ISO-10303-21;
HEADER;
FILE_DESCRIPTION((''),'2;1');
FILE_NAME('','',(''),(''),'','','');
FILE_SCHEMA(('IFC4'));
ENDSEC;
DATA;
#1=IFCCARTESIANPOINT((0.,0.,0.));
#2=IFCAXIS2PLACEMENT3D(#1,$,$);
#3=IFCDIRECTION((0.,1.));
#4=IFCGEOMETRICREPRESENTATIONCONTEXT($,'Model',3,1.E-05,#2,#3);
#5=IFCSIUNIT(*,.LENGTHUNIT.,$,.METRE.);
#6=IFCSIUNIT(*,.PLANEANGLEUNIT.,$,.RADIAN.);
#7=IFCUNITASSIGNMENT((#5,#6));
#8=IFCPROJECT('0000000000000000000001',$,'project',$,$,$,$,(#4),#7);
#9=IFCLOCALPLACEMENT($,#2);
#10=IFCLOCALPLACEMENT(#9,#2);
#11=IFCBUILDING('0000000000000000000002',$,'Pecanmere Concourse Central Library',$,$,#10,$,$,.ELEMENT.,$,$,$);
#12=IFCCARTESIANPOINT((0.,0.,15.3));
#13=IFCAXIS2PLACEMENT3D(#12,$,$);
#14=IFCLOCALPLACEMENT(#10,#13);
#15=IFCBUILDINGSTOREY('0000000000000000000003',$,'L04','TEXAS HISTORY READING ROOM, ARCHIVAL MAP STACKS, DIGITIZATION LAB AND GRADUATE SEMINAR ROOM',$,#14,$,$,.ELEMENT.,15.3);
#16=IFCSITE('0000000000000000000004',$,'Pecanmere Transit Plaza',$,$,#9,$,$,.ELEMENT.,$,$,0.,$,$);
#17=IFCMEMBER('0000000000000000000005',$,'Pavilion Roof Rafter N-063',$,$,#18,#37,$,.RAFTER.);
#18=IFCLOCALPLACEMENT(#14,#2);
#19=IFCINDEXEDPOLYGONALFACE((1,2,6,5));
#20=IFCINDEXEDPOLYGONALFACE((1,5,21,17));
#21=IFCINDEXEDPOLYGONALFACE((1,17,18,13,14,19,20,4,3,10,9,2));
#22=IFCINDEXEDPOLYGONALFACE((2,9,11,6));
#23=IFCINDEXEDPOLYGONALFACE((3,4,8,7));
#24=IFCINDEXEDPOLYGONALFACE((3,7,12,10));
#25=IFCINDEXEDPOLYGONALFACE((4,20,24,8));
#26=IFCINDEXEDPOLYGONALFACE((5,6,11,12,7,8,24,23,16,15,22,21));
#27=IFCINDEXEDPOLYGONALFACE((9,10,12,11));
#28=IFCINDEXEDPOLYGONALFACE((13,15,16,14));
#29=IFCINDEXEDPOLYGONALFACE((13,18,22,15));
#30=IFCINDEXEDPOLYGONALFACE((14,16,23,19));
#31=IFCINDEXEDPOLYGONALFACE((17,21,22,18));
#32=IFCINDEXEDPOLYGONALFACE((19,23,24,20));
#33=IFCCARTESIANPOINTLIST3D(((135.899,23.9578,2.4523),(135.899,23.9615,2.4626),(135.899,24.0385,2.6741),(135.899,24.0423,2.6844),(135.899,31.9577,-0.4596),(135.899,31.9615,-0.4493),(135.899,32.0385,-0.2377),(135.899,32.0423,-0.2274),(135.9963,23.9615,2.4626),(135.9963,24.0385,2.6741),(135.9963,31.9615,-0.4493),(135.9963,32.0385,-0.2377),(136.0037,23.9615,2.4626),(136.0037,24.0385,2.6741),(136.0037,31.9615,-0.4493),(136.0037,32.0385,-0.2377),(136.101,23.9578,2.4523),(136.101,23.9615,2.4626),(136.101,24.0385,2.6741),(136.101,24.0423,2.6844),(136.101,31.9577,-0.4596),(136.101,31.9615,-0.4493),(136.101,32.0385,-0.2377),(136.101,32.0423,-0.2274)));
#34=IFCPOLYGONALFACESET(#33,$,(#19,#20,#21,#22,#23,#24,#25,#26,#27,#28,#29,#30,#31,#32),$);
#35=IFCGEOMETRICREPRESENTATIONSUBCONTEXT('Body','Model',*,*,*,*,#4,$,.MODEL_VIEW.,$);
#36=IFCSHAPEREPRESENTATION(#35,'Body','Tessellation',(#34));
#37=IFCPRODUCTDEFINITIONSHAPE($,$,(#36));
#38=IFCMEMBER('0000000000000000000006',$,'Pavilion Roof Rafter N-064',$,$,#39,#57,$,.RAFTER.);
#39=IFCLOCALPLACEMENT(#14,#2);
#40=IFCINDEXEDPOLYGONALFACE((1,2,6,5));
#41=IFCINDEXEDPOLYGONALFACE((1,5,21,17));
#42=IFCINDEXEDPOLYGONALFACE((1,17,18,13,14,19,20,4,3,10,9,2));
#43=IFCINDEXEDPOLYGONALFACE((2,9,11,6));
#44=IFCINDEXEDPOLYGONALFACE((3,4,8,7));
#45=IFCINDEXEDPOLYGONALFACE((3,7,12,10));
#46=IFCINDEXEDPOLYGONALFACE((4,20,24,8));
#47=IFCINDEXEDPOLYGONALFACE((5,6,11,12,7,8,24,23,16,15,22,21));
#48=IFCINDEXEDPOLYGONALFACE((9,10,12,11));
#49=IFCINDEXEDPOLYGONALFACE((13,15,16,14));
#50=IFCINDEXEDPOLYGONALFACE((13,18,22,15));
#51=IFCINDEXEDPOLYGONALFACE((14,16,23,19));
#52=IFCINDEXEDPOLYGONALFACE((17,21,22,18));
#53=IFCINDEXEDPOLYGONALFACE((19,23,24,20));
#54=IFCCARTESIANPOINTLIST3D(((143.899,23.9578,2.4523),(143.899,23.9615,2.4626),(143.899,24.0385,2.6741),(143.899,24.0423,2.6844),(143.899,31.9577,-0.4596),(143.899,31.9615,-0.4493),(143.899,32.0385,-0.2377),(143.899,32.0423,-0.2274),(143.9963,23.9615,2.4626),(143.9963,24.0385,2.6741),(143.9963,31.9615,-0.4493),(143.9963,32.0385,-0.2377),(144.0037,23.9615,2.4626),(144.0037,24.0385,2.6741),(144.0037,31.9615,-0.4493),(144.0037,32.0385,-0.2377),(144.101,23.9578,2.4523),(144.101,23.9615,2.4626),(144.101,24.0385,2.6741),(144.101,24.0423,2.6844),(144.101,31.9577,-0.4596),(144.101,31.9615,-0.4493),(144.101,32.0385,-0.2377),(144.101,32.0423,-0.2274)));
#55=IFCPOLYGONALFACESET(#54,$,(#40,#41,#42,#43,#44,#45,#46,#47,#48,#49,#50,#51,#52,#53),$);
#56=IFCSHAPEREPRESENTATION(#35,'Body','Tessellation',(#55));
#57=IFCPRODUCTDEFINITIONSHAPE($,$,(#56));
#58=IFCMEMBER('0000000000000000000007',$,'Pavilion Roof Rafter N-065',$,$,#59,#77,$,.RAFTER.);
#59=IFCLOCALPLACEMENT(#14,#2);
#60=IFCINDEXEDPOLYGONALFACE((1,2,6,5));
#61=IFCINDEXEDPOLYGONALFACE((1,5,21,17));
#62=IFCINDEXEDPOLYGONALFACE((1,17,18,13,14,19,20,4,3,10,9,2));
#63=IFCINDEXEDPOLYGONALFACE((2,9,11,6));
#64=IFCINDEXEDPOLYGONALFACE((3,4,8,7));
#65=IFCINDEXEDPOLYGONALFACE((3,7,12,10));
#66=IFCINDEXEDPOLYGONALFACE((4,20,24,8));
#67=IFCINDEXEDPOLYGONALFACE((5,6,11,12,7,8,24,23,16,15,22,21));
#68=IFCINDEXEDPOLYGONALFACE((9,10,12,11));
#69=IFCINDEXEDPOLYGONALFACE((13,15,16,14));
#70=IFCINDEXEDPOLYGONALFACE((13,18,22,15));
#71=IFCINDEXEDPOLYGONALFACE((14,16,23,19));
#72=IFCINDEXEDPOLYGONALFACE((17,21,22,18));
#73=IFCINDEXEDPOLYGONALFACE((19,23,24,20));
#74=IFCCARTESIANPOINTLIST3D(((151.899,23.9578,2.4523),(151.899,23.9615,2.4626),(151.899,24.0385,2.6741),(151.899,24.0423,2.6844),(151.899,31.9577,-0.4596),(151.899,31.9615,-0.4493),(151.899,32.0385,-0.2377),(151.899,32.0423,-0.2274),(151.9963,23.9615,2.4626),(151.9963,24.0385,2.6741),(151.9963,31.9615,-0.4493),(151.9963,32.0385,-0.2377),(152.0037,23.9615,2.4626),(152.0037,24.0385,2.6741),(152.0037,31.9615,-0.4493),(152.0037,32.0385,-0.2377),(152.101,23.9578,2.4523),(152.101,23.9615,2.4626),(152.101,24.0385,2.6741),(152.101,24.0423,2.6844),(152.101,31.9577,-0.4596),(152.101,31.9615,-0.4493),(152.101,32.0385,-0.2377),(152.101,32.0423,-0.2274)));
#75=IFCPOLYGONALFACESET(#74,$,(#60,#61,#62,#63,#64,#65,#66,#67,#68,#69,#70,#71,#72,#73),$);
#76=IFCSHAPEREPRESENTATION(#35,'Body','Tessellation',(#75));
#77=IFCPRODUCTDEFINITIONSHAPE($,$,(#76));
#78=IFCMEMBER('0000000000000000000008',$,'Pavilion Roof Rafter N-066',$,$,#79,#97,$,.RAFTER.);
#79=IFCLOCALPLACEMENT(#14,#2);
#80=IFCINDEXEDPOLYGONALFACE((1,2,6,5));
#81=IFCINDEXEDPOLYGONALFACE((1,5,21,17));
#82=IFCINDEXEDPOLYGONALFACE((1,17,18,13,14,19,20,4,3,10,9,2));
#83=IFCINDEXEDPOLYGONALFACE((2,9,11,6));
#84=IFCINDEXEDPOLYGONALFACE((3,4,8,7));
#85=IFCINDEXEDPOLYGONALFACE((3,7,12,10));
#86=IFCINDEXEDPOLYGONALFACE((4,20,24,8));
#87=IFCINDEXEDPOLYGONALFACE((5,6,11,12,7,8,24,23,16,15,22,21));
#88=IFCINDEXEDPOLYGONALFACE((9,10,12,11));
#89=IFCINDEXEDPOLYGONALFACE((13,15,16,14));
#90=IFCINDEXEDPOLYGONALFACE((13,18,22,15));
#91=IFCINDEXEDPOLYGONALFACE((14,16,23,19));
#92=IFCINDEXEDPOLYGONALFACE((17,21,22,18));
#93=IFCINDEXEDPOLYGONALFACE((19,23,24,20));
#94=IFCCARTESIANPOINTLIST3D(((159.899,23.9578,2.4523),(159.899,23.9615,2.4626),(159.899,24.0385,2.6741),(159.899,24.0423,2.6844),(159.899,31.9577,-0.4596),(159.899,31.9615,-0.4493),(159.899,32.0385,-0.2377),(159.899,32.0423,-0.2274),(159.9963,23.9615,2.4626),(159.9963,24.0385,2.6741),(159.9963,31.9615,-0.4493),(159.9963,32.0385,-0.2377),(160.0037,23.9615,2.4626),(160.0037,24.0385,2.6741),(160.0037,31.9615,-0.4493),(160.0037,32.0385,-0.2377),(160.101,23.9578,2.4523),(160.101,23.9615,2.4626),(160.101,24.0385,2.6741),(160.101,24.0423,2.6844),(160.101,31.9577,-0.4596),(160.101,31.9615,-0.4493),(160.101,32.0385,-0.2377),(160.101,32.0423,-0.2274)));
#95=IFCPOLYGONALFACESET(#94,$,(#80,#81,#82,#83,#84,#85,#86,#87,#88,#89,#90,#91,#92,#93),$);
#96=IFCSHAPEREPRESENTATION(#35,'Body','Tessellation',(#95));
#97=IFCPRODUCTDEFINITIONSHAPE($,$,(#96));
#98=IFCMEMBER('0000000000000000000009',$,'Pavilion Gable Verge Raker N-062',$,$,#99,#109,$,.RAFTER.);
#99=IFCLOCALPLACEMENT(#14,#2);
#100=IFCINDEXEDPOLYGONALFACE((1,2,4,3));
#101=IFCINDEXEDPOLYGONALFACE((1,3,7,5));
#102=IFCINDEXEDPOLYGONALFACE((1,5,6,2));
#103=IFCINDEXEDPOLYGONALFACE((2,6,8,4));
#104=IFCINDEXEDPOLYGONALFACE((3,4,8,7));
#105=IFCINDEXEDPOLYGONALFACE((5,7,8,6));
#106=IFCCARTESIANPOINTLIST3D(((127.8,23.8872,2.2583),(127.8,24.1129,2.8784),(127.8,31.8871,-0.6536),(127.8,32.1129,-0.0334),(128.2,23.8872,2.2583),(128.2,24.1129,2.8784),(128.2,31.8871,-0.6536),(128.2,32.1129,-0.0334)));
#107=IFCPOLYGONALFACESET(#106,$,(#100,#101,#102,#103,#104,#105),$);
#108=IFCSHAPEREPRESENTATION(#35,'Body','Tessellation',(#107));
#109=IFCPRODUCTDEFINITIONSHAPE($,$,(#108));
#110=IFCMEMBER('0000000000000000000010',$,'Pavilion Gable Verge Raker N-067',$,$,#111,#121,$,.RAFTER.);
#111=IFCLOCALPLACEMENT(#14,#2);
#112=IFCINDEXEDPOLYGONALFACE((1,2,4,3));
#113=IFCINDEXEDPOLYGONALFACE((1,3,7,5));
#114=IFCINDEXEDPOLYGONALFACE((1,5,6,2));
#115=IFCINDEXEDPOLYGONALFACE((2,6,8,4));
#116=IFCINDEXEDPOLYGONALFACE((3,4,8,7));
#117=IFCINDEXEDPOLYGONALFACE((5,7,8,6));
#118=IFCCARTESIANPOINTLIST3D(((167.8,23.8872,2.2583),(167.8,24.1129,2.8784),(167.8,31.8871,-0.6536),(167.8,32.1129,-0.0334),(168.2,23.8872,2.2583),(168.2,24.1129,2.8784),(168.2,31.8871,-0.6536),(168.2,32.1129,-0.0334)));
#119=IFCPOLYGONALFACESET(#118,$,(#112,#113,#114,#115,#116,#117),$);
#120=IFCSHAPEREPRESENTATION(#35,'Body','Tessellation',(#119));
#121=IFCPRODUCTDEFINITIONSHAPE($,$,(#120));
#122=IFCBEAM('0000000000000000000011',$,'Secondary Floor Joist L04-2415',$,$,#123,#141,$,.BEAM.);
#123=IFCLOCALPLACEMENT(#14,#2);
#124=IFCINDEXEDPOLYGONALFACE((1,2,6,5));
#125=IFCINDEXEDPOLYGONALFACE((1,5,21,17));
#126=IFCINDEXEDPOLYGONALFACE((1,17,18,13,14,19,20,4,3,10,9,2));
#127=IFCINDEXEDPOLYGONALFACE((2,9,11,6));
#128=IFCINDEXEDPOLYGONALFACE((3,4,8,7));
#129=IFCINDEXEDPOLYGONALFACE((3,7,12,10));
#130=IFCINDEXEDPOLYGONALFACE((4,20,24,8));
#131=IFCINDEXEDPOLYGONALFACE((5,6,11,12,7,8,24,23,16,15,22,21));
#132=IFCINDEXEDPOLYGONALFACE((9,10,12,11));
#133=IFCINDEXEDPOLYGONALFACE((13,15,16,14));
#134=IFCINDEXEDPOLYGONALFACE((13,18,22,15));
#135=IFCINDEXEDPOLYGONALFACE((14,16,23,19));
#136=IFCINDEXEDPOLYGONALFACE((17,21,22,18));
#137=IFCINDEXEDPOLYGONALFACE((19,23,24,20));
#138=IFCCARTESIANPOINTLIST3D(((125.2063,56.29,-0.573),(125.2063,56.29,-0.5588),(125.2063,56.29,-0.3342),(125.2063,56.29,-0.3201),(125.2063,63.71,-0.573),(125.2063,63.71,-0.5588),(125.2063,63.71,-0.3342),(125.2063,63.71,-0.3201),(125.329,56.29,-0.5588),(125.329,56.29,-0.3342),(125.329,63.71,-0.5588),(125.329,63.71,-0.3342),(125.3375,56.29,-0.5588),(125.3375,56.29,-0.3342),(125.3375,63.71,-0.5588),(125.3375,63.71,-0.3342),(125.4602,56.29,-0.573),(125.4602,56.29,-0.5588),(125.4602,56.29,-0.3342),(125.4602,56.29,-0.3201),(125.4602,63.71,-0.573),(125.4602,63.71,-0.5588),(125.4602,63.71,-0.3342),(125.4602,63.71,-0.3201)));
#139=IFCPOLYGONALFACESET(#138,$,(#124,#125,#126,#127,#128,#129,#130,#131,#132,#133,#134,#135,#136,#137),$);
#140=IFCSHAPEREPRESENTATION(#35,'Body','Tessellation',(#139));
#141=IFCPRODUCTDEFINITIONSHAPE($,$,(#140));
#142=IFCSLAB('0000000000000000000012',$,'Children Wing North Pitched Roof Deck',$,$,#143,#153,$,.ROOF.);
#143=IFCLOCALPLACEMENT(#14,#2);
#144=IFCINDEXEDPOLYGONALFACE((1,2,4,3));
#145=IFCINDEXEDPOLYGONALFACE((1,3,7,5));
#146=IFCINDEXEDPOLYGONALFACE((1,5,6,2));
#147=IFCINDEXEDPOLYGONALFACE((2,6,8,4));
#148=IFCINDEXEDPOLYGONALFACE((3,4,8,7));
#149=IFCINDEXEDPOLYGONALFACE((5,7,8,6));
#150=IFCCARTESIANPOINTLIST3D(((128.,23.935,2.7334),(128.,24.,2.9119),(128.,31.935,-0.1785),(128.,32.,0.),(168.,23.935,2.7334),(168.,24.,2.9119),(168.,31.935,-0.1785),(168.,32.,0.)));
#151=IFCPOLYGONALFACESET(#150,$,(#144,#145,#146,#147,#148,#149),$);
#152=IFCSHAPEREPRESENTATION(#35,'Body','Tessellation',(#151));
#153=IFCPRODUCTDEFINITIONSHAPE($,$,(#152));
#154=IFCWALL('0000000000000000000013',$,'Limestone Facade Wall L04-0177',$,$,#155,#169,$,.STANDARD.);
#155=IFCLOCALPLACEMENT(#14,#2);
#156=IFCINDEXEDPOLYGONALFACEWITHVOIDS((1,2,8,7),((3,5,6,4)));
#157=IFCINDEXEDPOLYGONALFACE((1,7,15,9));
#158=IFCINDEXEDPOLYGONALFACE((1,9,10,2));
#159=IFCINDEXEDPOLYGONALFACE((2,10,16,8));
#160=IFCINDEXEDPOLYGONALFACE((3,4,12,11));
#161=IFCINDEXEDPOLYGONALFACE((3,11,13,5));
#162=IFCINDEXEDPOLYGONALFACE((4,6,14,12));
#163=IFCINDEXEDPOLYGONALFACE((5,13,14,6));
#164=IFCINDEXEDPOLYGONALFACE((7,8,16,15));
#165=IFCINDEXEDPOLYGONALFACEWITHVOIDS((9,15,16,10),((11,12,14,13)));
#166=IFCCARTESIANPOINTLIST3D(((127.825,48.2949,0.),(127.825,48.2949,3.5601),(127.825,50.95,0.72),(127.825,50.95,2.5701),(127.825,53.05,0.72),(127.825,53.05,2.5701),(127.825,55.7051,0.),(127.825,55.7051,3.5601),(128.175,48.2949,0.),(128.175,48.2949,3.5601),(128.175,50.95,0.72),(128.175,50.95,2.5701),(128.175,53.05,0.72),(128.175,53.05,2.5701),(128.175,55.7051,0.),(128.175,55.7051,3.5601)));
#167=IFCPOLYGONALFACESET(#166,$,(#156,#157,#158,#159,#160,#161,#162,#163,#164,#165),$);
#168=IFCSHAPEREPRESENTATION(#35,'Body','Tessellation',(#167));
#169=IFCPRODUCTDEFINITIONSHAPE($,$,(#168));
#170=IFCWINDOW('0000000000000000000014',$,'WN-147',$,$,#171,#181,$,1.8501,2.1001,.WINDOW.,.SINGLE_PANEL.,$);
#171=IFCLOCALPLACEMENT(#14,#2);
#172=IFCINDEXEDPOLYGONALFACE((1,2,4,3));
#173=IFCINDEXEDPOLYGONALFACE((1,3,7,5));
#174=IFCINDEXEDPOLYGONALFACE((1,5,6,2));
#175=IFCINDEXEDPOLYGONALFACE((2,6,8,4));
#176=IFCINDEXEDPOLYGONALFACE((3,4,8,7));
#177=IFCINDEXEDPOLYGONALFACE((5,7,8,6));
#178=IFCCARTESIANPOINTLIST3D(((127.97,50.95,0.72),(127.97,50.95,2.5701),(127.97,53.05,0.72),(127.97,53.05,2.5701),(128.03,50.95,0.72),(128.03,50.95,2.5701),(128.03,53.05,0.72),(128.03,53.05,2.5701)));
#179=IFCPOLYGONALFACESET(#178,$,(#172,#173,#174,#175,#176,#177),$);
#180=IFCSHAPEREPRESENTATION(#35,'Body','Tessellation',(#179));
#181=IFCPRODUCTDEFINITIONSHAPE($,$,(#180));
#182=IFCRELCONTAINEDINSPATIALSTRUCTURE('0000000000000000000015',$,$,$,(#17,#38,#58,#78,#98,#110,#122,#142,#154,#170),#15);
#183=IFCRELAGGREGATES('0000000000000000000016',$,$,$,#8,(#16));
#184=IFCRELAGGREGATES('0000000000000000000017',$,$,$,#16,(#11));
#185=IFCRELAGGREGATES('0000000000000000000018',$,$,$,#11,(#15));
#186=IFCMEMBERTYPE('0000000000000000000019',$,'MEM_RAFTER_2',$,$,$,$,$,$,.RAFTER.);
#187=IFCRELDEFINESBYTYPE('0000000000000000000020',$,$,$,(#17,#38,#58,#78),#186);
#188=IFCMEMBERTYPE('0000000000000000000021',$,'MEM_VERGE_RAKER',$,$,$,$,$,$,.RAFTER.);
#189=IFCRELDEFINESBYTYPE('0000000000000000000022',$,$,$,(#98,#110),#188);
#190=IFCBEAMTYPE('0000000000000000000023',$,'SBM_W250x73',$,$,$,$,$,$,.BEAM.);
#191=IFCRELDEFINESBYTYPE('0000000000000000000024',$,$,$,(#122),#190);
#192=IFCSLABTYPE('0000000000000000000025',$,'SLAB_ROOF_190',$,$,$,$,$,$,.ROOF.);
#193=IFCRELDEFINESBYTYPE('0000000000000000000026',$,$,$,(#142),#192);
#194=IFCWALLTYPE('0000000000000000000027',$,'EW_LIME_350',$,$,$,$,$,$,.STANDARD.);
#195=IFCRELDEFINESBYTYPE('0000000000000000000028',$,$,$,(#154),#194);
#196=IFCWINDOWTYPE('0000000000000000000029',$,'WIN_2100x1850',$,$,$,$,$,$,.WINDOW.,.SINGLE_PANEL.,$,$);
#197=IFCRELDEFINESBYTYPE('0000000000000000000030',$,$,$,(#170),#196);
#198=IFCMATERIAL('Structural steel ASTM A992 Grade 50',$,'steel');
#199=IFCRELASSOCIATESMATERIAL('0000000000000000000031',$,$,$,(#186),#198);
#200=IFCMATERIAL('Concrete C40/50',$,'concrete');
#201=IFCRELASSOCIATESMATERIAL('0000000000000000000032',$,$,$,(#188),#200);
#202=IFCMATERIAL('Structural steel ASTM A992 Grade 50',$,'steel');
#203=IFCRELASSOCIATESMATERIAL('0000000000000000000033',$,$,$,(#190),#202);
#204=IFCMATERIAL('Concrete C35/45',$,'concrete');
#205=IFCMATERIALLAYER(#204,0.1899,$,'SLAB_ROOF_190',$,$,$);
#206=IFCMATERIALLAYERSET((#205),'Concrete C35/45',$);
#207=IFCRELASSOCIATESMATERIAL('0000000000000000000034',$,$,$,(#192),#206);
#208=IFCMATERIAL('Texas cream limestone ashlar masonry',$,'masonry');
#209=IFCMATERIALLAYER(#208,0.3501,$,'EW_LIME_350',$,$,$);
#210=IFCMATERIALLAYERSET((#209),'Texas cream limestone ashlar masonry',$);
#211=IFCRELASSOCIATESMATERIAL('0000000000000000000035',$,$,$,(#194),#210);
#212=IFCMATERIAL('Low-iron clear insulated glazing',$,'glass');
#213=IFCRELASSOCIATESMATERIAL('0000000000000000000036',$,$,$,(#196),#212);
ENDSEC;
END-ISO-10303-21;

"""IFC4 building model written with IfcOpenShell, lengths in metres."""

from ifc_helpers import new_model, si_unit, direction, frame, frame_2d, origin, origin_2d, place, context, subcontext, project, spatial, polyline, rectangle, i_section, outline, extrude, material, layer, layer_set, material_profile, profile_set, type_object, element, fill, save


model = new_model("IFC4")

# Units and contexts
model_context = context("Model", 3, precision=1e-05, world=origin(), true_north=direction((0.0, 1.0)))
body_context = subcontext(model_context, "Body", "Model", "MODEL_VIEW")
ifc_project = project(units=[si_unit("LENGTHUNIT", "METRE"), si_unit("PLANEANGLEUNIT", "RADIAN")], contexts=[model_context])

# Site, building, storey
site_placement = place(None, origin())
site = spatial("IfcSite", under=ifc_project, at=site_placement, Name="Pecanmere Transit Plaza", CompositionType="ELEMENT", RefElevation=0.0)
building_placement = place(site_placement, origin())
building = spatial("IfcBuilding", under=site, at=building_placement, Name="Pecanmere Concourse Central Library", CompositionType="ELEMENT")
storey_placement = place(building_placement, frame((0.0, 0.0, 15.3)))
storey = spatial("IfcBuildingStorey", under=building, at=storey_placement, Name="L04", Description="TEXAS HISTORY READING ROOM, ARCHIVAL MAP STACKS, DIGITIZATION LAB AND GRADUATE SEMINAR ROOM", CompositionType="ELEMENT", Elevation=15.3)

# Members
ifc_material_1 = material(Name="Structural steel ASTM A992 Grade 50", Category="steel")
ifc_material_profile_1 = material_profile(ifc_material_1, i_section(OverallWidth=0.2019, OverallDepth=0.2471, WebThickness=0.0073, FlangeThickness=0.011, at=origin_2d()), Name="W250x49.1")
ifc_profile_set_1 = profile_set([ifc_material_profile_1], Name="Structural steel ASTM A992 Grade 50")
member_type_1 = type_object("IfcMemberType", Name="MEM_RAFTER_2", PredefinedType="RAFTER", material=ifc_profile_set_1)
for number, where, z_axis, x_axis, name in (
    (1, (136.0, 32.0, -0.3435), (0.0, -0.939689, 0.342031), (1.0, 0.0, 0.0), "Pavilion Roof Rafter N-063"),
    (2, (144.0, 32.0, -0.3435), (0.0, -0.939689, 0.342031), (1.0, 0.0, 0.0), "Pavilion Roof Rafter N-064"),
    (3, (152.0, 32.0, -0.3435), (0.0, -0.939689, 0.342031), (1.0, 0.0, 0.0), "Pavilion Roof Rafter N-065"),
    (4, (160.0, 32.0, -0.3435), (0.0, -0.939689, 0.342031), (1.0, 0.0, 0.0), "Pavilion Roof Rafter N-066"),
):
    element("IfcMember", number, at=place(storey_placement, frame(where, z_axis=z_axis, x_axis=x_axis)), inside=storey, type_object=member_type_1, Name=name, PredefinedType="RAFTER", context=body_context, shape_type="SweptSolid", body=[
        extrude(i_section(OverallWidth=0.2019, OverallDepth=0.2471, WebThickness=0.0073, FlangeThickness=0.011, at=origin_2d()), origin(), (0.0, 0.0, 1.0), 8.5134),
    ])
ifc_material_2 = material(Name="Concrete C40/50", Category="concrete")
ifc_material_profile_2 = material_profile(ifc_material_2, rectangle(XDim=0.3999, YDim=0.6599, at=origin_2d()), Name="RC 400x660")
ifc_profile_set_2 = profile_set([ifc_material_profile_2], Name="Concrete C40/50")
member_type_2 = type_object("IfcMemberType", Name="MEM_VERGE_RAKER", PredefinedType="RAFTER", material=ifc_profile_set_2)
for number, where, z_axis, x_axis, name in (
    (5, (128.0, 32.0, -0.3435), (0.0, -0.939689, 0.342031), (1.0, 0.0, 0.0), "Pavilion Gable Verge Raker N-062"),
    (6, (168.0, 32.0, -0.3435), (0.0, -0.939689, 0.342031), (1.0, 0.0, 0.0), "Pavilion Gable Verge Raker N-067"),
):
    element("IfcMember", number, at=place(storey_placement, frame(where, z_axis=z_axis, x_axis=x_axis)), inside=storey, type_object=member_type_2, Name=name, PredefinedType="RAFTER", context=body_context, shape_type="SweptSolid", body=[
        extrude(rectangle(XDim=0.3999, YDim=0.6599, at=origin_2d()), origin(), (0.0, 0.0, 1.0), 8.5134),
    ])

# Beam
ifc_material_3 = material(Name="Structural steel ASTM A992 Grade 50", Category="steel")
ifc_material_profile_3 = material_profile(ifc_material_3, i_section(OverallWidth=0.2539, OverallDepth=0.2529, WebThickness=0.0085, FlangeThickness=0.0142, at=origin_2d()), Name="W250x73")
ifc_profile_set_3 = profile_set([ifc_material_profile_3], Name="Structural steel ASTM A992 Grade 50")
beam_type_1 = type_object("IfcBeamType", Name="SBM_W250x73", PredefinedType="BEAM", material=ifc_profile_set_3)
beam_placement = place(storey_placement, frame((125.3333, 56.29, -0.4465), z_axis=(0.0, 1.0, 0.0), x_axis=(-1.0, 0.0, 0.0)))
element("IfcBeam", 7, at=beam_placement, inside=storey, type_object=beam_type_1, Name="Secondary Floor Joist L04-2415", PredefinedType="BEAM", context=body_context, shape_type="SweptSolid", body=[
    extrude(i_section(OverallWidth=0.2539, OverallDepth=0.2529, WebThickness=0.0085, FlangeThickness=0.0142, at=origin_2d()), origin(), (0.0, 0.0, 1.0), 7.4199),
])

# Slab
ifc_material_4 = material(Name="Concrete C35/45", Category="concrete")
ifc_layer_1 = layer(ifc_material_4, 0.1899, Name="SLAB_ROOF_190")
ifc_layer_set_1 = layer_set([ifc_layer_1], Name="Concrete C35/45")
slab_type = type_object("IfcSlabType", Name="SLAB_ROOF_190", PredefinedType="ROOF", material=ifc_layer_set_1)
slab_placement = place(storey_placement, frame((168.0, 32.0, 0.0), z_axis=(0.0, 0.342031, 0.939689), x_axis=(-1.0, 0.0, 0.0)))
element("IfcSlab", 8, at=slab_placement, inside=storey, type_object=slab_type, Name="Children Wing North Pitched Roof Deck", PredefinedType="ROOF", context=body_context, shape_type="SweptSolid", body=[
    extrude(outline(polyline([(0.0, 0.0), (40.0, 0.0), (40.0, 8.5135), (0.0, 8.5135), (0.0, 0.0)])), origin(), (0.0, 0.0, -1.0), 0.1899),
])

# Wall, opening, window
ifc_material_5 = material(Name="Texas cream limestone ashlar masonry", Category="masonry")
ifc_layer_2 = layer(ifc_material_5, 0.3501, Name="EW_LIME_350")
ifc_layer_set_2 = layer_set([ifc_layer_2], Name="Texas cream limestone ashlar masonry")
wall_type = type_object("IfcWallType", Name="EW_LIME_350", PredefinedType="STANDARD", material=ifc_layer_set_2)
wall_1_placement = place(storey_placement, frame((128.0, 48.2949, 0.0), z_axis=(0.0, 0.0, 1.0), x_axis=(0.0, 1.0, 0.0)))
wall_1 = element("IfcWall", 9, at=wall_1_placement, inside=storey, type_object=wall_type, Name="Limestone Facade Wall L04-0177", PredefinedType="STANDARD", context=body_context, shape_type="SweptSolid", body=[
    extrude(rectangle(XDim=7.4102, YDim=0.3501, at=frame_2d((3.7051, 0.0))), origin(), (0.0, 0.0, 1.0), 3.5601),
])
opening_1_placement = place(wall_1_placement, frame((2.655, 0.0, 0.72)))
opening_1 = element("IfcOpeningElement", 10, at=opening_1_placement, cuts=wall_1, PredefinedType="OPENING", context=body_context, shape_type="SweptSolid", body=[
    extrude(rectangle(XDim=2.1001, YDim=1.8501, at=frame_2d((1.05, 0.925))), frame((0.0, 0.187, 0.0), z_axis=(0.0, -1.0, 0.0), x_axis=(1.0, 0.0, 0.0)), (0.0, 0.0, 1.0), 0.374),
])
ifc_material_6 = material(Name="Low-iron clear insulated glazing", Category="glass")
window_type_1 = type_object("IfcWindowType", Name="WIN_2100x1850", PartitioningType="SINGLE_PANEL", PredefinedType="WINDOW", material=ifc_material_6)
window_1_placement = place(opening_1_placement, origin())
window_1 = element("IfcWindow", 11, at=window_1_placement, inside=storey, type_object=window_type_1, Name="WN-147", OverallHeight=1.8501, OverallWidth=2.1001, PartitioningType="SINGLE_PANEL", PredefinedType="WINDOW", context=body_context, shape_type="SweptSolid", body=[
    extrude(rectangle(XDim=2.1001, YDim=1.8501, at=frame_2d((1.05, 0.925))), frame((0.0, 0.03, 0.0), z_axis=(0.0, -1.0, 0.0), x_axis=(1.0, 0.0, 0.0)), (0.0, 0.0, 1.0), 0.0601),
])
fill(opening_1, window_1)

save(model, "model.ifc")
